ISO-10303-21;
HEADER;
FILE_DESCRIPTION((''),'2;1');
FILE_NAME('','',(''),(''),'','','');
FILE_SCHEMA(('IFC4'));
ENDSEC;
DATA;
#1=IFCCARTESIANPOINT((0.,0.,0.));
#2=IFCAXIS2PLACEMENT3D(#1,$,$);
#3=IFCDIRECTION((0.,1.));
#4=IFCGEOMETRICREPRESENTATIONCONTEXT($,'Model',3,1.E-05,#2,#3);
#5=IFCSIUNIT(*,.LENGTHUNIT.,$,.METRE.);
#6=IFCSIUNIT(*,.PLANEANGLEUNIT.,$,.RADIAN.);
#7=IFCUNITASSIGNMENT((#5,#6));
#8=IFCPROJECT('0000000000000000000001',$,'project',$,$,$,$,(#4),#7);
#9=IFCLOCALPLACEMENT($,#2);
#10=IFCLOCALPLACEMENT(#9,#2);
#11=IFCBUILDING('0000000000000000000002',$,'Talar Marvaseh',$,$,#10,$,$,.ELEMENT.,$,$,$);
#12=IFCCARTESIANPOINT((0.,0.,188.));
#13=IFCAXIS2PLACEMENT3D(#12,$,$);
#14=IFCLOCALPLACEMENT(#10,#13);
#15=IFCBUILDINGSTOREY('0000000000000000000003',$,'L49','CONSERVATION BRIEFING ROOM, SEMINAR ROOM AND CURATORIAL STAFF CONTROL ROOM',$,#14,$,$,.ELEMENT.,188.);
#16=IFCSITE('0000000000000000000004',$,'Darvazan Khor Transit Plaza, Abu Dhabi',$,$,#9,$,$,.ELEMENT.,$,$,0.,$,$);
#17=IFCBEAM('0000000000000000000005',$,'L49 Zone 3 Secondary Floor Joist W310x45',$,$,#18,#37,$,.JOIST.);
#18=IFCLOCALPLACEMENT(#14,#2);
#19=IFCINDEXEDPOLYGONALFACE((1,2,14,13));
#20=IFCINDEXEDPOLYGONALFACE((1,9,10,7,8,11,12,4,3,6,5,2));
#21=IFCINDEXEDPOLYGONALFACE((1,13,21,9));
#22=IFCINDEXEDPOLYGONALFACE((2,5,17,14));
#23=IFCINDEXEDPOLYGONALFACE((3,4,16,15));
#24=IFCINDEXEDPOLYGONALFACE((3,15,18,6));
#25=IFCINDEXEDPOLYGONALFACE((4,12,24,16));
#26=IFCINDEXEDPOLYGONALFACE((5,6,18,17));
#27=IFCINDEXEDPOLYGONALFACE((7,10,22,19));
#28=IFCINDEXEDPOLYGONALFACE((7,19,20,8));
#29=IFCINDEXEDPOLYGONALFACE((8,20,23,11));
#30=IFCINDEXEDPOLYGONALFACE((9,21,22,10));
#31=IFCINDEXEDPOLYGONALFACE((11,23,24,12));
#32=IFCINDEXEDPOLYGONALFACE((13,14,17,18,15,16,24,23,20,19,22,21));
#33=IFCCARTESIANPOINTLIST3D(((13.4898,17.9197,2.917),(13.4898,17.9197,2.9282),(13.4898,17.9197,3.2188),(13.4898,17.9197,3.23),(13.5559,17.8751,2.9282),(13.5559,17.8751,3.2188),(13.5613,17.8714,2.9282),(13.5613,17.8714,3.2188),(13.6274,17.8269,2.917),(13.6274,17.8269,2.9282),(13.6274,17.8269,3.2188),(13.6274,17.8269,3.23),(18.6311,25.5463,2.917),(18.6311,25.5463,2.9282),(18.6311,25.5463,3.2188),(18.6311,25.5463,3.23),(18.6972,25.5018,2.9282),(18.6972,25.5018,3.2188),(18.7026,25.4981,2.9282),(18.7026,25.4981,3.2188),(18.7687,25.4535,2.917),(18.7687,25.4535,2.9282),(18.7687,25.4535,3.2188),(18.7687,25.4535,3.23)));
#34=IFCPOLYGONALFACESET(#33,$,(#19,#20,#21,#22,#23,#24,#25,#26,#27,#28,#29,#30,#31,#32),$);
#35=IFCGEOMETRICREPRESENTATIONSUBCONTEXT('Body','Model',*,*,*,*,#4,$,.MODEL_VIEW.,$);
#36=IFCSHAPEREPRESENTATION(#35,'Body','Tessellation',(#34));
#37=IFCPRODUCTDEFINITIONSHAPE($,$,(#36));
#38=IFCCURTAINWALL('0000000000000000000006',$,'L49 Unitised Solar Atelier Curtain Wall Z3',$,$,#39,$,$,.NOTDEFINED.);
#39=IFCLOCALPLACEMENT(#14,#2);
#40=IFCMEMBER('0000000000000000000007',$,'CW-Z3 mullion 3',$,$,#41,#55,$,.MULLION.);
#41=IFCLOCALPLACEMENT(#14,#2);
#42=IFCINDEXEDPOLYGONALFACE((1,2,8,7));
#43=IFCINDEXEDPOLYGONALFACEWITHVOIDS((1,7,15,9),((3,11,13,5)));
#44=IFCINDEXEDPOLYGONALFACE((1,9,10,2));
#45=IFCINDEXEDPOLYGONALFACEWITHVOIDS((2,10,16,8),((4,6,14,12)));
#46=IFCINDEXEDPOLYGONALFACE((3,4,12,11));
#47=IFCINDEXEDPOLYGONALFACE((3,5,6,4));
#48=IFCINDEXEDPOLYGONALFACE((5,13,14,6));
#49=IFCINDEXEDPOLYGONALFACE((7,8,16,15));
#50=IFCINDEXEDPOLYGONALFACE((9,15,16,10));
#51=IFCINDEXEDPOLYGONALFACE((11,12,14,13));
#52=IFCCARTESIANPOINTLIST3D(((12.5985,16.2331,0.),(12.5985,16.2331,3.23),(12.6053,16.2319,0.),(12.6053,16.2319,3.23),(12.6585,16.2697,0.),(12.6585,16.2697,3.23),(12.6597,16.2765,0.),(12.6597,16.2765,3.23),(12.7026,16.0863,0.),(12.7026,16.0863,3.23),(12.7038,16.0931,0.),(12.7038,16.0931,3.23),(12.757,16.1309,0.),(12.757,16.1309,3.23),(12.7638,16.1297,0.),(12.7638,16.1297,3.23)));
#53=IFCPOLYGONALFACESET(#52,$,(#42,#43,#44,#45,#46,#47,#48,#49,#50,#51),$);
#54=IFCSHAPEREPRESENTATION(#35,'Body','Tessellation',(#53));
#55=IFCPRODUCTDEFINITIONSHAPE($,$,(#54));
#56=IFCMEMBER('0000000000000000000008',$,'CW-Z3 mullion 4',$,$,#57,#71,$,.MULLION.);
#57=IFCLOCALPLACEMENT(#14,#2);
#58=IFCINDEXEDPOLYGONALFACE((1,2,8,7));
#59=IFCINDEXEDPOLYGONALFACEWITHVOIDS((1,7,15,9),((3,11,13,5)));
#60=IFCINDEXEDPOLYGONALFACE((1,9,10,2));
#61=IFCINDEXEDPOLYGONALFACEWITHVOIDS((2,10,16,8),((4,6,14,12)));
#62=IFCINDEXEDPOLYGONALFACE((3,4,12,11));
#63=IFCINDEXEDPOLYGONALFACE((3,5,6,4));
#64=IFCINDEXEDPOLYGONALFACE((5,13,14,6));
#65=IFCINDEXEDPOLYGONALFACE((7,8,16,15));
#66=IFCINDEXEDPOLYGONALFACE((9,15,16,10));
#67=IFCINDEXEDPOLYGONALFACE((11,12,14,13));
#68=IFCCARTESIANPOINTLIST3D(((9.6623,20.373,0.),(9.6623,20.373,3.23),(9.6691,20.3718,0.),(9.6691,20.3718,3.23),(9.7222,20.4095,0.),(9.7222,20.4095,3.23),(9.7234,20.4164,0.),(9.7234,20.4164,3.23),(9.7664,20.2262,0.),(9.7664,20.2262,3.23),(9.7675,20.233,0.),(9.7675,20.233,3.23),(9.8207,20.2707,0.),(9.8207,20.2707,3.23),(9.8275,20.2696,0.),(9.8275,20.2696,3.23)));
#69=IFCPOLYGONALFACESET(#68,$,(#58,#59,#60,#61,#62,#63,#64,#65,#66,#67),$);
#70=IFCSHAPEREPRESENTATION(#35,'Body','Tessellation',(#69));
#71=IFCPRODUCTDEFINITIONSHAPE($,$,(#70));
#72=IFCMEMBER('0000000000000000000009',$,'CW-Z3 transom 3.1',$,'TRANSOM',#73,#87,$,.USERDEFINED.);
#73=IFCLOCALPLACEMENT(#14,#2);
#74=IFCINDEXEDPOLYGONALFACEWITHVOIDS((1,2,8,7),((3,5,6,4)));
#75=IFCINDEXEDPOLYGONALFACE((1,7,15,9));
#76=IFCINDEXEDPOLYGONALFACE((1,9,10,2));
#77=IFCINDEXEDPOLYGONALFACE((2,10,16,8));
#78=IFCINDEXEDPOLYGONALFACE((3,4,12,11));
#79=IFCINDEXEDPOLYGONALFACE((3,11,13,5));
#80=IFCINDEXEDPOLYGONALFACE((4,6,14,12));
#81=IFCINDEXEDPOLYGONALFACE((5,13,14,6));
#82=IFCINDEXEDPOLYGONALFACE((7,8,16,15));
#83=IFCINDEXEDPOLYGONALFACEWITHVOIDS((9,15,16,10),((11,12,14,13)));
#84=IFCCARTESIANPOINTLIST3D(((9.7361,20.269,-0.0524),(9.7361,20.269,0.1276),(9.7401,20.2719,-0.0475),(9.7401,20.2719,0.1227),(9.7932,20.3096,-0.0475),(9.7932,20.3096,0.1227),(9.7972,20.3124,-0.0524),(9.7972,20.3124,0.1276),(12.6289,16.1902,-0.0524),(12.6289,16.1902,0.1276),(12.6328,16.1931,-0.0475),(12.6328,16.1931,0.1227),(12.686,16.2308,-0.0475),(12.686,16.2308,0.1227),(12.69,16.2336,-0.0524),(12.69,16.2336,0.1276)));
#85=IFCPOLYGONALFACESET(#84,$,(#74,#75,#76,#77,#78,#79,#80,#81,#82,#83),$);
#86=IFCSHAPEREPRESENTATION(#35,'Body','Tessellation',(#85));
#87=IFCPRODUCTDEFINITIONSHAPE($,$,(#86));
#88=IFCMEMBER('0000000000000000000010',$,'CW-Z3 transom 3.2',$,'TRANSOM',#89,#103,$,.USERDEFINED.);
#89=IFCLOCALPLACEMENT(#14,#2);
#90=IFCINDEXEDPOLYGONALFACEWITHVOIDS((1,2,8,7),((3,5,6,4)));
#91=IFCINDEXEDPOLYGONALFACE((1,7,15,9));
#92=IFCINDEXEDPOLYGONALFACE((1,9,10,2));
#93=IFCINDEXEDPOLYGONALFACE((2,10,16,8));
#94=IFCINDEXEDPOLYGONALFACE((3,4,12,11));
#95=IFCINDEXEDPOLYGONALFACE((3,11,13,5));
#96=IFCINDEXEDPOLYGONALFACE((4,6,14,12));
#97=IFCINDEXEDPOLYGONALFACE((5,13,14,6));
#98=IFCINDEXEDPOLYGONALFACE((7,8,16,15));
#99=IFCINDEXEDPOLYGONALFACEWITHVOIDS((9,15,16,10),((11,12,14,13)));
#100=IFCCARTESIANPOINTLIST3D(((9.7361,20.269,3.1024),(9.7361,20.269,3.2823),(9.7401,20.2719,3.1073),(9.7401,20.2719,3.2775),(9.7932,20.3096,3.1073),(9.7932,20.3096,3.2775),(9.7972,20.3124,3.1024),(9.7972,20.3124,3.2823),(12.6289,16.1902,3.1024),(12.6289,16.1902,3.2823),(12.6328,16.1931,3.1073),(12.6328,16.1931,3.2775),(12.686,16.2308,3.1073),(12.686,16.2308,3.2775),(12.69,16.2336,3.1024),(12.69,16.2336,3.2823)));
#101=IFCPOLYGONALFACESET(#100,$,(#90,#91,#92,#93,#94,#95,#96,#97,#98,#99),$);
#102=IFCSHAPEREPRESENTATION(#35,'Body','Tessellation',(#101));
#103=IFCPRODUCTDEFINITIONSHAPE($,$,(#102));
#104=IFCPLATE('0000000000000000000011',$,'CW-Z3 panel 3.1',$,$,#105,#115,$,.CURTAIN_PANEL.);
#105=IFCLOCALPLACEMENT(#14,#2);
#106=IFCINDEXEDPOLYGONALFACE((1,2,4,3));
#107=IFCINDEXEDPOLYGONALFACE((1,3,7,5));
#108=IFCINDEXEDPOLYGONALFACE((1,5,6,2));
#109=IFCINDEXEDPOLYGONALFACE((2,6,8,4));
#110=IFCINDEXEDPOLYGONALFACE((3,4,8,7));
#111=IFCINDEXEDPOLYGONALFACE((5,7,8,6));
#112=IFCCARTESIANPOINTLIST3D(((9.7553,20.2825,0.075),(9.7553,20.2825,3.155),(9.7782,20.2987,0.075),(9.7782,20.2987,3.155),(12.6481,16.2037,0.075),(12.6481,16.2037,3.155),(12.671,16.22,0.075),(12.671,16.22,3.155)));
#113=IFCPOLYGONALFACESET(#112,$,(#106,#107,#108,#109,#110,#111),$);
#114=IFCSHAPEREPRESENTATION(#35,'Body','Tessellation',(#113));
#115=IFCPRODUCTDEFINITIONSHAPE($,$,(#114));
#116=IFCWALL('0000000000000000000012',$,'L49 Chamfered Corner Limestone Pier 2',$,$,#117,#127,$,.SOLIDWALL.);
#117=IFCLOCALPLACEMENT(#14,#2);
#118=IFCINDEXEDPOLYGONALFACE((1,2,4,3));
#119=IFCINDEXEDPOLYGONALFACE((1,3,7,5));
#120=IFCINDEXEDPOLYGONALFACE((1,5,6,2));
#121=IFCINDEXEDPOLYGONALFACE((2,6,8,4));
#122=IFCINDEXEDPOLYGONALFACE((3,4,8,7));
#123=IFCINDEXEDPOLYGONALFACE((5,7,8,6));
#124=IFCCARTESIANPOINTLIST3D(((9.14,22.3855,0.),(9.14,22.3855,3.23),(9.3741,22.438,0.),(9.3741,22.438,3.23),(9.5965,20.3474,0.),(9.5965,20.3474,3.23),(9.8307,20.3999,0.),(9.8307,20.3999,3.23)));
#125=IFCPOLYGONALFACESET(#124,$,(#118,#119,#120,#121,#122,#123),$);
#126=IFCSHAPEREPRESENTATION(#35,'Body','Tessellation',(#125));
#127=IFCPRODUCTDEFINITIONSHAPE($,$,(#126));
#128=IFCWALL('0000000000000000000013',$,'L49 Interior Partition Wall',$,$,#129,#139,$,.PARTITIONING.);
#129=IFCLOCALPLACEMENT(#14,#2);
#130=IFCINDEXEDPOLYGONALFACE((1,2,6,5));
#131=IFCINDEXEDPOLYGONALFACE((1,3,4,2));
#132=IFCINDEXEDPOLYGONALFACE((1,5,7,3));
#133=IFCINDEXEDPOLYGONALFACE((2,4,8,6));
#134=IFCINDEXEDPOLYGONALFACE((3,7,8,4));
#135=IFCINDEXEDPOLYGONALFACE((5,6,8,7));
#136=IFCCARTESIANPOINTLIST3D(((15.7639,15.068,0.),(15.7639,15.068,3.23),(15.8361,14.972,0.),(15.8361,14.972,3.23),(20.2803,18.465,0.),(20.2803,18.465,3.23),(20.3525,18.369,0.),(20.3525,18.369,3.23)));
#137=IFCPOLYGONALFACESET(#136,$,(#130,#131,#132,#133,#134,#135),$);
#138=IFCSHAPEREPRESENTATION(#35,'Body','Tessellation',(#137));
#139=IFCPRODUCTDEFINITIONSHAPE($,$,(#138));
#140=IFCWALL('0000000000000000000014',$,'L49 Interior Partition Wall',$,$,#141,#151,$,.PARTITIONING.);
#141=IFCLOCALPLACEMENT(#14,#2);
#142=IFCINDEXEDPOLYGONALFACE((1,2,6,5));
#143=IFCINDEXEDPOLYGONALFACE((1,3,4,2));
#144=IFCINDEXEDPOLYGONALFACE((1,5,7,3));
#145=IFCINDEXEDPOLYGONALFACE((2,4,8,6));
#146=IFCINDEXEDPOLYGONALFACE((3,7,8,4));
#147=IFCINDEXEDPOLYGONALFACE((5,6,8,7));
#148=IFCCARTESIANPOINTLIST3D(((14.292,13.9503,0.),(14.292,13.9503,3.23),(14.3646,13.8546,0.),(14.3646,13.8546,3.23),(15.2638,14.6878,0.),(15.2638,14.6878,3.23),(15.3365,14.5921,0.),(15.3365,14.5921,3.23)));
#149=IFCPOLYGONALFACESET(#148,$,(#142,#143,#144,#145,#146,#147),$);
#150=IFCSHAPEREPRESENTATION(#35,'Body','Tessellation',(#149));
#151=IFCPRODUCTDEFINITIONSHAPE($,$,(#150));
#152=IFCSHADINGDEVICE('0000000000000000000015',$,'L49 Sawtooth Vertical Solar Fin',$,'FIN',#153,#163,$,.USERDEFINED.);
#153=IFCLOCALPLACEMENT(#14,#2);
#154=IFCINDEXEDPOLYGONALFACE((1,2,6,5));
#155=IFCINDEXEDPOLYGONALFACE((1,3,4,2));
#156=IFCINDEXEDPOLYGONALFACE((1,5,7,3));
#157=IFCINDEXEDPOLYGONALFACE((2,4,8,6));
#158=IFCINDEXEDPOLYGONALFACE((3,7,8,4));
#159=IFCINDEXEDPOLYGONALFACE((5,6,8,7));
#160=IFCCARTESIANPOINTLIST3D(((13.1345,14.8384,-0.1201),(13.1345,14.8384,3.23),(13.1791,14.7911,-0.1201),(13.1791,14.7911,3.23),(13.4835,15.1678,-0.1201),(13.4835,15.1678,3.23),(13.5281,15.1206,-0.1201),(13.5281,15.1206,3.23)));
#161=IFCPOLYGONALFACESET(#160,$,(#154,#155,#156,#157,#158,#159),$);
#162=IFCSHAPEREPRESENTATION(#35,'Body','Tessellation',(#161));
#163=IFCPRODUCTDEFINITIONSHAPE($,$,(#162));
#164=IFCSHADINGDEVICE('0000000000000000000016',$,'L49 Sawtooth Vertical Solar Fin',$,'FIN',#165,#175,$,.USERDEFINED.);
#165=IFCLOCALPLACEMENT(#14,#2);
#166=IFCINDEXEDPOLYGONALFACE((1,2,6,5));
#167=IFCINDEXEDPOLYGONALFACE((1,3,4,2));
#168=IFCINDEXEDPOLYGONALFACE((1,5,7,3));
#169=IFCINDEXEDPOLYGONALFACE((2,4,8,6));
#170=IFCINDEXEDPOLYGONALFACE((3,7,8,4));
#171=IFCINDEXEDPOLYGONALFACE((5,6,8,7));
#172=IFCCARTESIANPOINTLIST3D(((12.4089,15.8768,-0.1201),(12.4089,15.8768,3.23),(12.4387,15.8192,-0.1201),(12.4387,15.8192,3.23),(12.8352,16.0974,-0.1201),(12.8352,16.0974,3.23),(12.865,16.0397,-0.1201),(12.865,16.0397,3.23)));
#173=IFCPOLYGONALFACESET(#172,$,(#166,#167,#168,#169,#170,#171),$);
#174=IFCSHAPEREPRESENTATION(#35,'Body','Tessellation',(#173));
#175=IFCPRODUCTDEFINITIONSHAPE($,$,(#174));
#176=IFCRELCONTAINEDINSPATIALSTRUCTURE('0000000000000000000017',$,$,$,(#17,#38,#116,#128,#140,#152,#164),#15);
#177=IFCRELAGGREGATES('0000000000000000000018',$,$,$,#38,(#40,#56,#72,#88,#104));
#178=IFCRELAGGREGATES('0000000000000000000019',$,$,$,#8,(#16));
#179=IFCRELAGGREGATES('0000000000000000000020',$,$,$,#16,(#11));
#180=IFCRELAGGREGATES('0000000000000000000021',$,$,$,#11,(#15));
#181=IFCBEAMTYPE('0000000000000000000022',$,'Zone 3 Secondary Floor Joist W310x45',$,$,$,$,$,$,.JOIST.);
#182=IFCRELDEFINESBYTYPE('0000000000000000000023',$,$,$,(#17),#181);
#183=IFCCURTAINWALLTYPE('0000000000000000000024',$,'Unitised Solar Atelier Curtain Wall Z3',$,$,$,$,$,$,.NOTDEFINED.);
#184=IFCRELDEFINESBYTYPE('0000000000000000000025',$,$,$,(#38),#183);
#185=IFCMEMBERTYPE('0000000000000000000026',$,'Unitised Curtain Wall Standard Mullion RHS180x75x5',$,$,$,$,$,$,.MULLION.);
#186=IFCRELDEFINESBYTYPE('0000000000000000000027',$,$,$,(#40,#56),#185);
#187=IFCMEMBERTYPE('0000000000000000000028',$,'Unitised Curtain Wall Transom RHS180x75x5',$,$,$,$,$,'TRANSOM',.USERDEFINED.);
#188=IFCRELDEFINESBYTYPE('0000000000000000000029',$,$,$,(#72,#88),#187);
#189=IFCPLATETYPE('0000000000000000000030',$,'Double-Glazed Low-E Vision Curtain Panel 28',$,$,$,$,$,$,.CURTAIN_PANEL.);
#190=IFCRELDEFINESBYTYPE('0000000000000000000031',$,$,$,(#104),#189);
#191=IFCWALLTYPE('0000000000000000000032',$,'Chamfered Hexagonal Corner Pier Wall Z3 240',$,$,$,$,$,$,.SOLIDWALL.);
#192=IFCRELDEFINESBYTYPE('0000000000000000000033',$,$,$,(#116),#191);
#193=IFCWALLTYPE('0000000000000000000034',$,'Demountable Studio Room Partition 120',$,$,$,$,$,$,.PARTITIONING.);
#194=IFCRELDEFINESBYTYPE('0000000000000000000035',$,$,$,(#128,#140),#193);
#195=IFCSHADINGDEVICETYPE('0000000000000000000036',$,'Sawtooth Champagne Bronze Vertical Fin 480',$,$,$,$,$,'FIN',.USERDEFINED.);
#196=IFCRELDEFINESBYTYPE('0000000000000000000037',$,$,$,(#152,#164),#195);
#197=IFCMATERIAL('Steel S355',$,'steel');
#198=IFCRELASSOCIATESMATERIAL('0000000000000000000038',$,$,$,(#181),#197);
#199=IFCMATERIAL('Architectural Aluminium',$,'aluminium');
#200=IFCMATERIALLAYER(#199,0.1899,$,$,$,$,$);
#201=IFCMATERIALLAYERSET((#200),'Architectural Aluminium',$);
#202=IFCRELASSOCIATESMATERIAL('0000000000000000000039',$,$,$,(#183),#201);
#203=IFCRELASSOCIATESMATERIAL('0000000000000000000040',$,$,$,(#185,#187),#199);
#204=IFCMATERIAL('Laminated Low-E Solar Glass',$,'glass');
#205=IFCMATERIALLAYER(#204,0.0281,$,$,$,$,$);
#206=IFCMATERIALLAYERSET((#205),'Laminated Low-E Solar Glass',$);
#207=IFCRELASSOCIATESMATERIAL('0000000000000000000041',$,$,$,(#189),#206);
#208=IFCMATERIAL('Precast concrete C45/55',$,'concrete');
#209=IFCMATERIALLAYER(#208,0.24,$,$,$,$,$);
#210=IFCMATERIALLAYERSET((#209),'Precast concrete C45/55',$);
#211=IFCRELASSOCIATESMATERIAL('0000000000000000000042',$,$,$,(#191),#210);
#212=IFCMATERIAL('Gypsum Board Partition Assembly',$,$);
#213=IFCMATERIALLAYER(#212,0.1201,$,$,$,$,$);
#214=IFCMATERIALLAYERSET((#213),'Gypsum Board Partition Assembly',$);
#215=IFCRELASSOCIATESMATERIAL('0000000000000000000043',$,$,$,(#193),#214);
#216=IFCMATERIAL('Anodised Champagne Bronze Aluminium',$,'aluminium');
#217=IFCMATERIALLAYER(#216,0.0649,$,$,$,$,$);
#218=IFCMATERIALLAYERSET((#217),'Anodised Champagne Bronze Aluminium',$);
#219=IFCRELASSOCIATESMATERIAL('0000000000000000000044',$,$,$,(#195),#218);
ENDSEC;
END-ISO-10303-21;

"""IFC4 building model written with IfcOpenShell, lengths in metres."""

from ifc_helpers import new_model, si_unit, direction, frame, frame_2d, origin, origin_2d, place, context, subcontext, project, spatial, rectangle, hollow_rectangle, i_section, extrude, source, transform, mapped, material, layer, layer_set, material_profile, profile_set, type_object, type_shapes, element, aggregate, save


model = new_model("IFC4")

# Units and contexts
model_context = context("Model", 3, precision=1e-05, world=origin(), true_north=direction((0.0, 1.0)))
body_context = subcontext(model_context, "Body", "Model", "MODEL_VIEW")
ifc_project = project(units=[si_unit("LENGTHUNIT", "METRE"), si_unit("PLANEANGLEUNIT", "RADIAN")], contexts=[model_context])

# Site, building, storey
site_placement = place(None, origin())
site = spatial("IfcSite", under=ifc_project, at=site_placement, Name="Darvazan Khor Transit Plaza, Abu Dhabi", CompositionType="ELEMENT", RefElevation=0.0)
building_placement = place(site_placement, origin())
building = spatial("IfcBuilding", under=site, at=building_placement, Name="Talar Marvaseh", CompositionType="ELEMENT")
storey_placement = place(building_placement, frame((0.0, 0.0, 188.0)))
storey = spatial("IfcBuildingStorey", under=building, at=storey_placement, Name="L49", Description="CONSERVATION BRIEFING ROOM, SEMINAR ROOM AND CURATORIAL STAFF CONTROL ROOM", CompositionType="ELEMENT", Elevation=188.0)

# Beam
ifc_material_1 = material(Name="Steel S355", Category="steel")
ifc_material_profile_1 = material_profile(ifc_material_1, i_section(OverallWidth=0.166, OverallDepth=0.313, WebThickness=0.0066, FlangeThickness=0.0112, at=origin_2d()), Name="W310x45")
ifc_profile_set_1 = profile_set([ifc_material_profile_1], Name="Steel S355")
beam_type = type_object("IfcBeamType", Name="Zone 3 Secondary Floor Joist W310x45", PredefinedType="JOIST", material=ifc_profile_set_1)
beam_placement = place(storey_placement, frame((13.5586, 17.8733, 3.0735), z_axis=(0.558974, 0.829185, 0.0), x_axis=(-0.829185, 0.558974, 0.0)))
element("IfcBeam", 1, at=beam_placement, inside=storey, type_object=beam_type, Name="L49 Zone 3 Secondary Floor Joist W310x45", PredefinedType="JOIST", context=body_context, shape_type="SweptSolid", body=[
    extrude(i_section(OverallWidth=0.166, OverallDepth=0.313, WebThickness=0.0066, FlangeThickness=0.0112, at=origin_2d()), origin(), (0.0, 0.0, 1.0), 9.1978),
])

# Curtain wall, members, plate
ifc_material_2 = material(Name="Architectural Aluminium", Category="aluminium")
ifc_layer_1 = layer(ifc_material_2, 0.1899)
ifc_layer_set_1 = layer_set([ifc_layer_1], Name="Architectural Aluminium")
curtain_wall_type = type_object("IfcCurtainWallType", Name="Unitised Solar Atelier Curtain Wall Z3", PredefinedType="NOTDEFINED", material=ifc_layer_set_1)
curtain_wall_placement = place(storey_placement, origin())
curtain_wall = element("IfcCurtainWall", 2, at=curtain_wall_placement, inside=storey, type_object=curtain_wall_type, Name="L49 Unitised Solar Atelier Curtain Wall Z3", PredefinedType="NOTDEFINED")
ifc_material_profile_2 = material_profile(ifc_material_2, hollow_rectangle(XDim=0.075, YDim=0.1799, WallThickness=0.0049, at=origin_2d()), Name="RHS180x75x5")
ifc_profile_set_2 = profile_set([ifc_material_profile_2], Name="Architectural Aluminium")
member_type_1 = type_object("IfcMemberType", Name="Unitised Curtain Wall Standard Mullion RHS180x75x5", PredefinedType="MULLION", material=ifc_profile_set_2)
shared_shape_1 = source(origin(), body_context, "Body", "SweptSolid", [
    extrude(hollow_rectangle(XDim=0.075, YDim=0.1799, WallThickness=0.0049, at=origin_2d()), origin(), (0.0, 0.0, 1.0), 3.23),
])
type_shapes(member_type_1, [shared_shape_1])
member_1_placement = place(storey_placement, frame((12.6812, 16.1814, 0.0), z_axis=(0.0, 0.0, 1.0), x_axis=(-0.815673, -0.578513, 0.0)))
member_1 = element("IfcMember", 3, at=member_1_placement, type_object=member_type_1, Name="CW-Z3 mullion 3", PredefinedType="MULLION", context=body_context, shape_type="MappedRepresentation", body=[
    mapped(shared_shape_1, transform((0.0, 0.0, 0.0), x_axis=(1.0, 0.0, 0.0), y_axis=(0.0, 1.0, 0.0), z_axis=(0.0, 0.0, 1.0), scale=1.0)),
])
member_2_placement = place(storey_placement, frame((9.7449, 20.3213, 0.0), z_axis=(0.0, 0.0, 1.0), x_axis=(-0.815673, -0.578513, 0.0)))
member_2 = element("IfcMember", 4, at=member_2_placement, type_object=member_type_1, Name="CW-Z3 mullion 4", PredefinedType="MULLION", context=body_context, shape_type="MappedRepresentation", body=[
    mapped(shared_shape_1, transform((0.0, 0.0, 0.0), x_axis=(1.0, 0.0, 0.0), y_axis=(0.0, 1.0, 0.0), z_axis=(0.0, 0.0, 1.0), scale=1.0)),
])
ifc_material_profile_3 = material_profile(ifc_material_2, hollow_rectangle(XDim=0.075, YDim=0.1799, WallThickness=0.0049, at=origin_2d()), Name="RHS180x75x5")
ifc_profile_set_3 = profile_set([ifc_material_profile_3], Name="Architectural Aluminium")
member_type_2 = type_object("IfcMemberType", Name="Unitised Curtain Wall Transom RHS180x75x5", ElementType="TRANSOM", PredefinedType="USERDEFINED", material=ifc_profile_set_3)
shared_shape_2 = source(origin(), body_context, "Body", "SweptSolid", [
    extrude(hollow_rectangle(XDim=0.075, YDim=0.1799, WallThickness=0.0049, at=origin_2d()), origin(), (0.0, 0.0, 1.0), 5.0005),
])
type_shapes(member_type_2, [shared_shape_2])
member_3_placement = place(storey_placement, frame((12.6594, 16.2119, 0.0376), z_axis=(-0.578501, 0.815682, 0.0), x_axis=(-0.815682, -0.578501, 0.0)))
member_3 = element("IfcMember", 5, at=member_3_placement, type_object=member_type_2, Name="CW-Z3 transom 3.1", ObjectType="TRANSOM", PredefinedType="USERDEFINED", context=body_context, shape_type="MappedRepresentation", body=[
    mapped(shared_shape_2, transform((0.0, 0.0, 0.0), x_axis=(1.0, 0.0, 0.0), y_axis=(0.0, 1.0, 0.0), z_axis=(0.0, 0.0, 1.0), scale=1.0)),
])
member_4_placement = place(storey_placement, frame((12.6594, 16.2119, 3.1924), z_axis=(-0.578501, 0.815682, 0.0), x_axis=(-0.815682, -0.578501, 0.0)))
member_4 = element("IfcMember", 6, at=member_4_placement, type_object=member_type_2, Name="CW-Z3 transom 3.2", ObjectType="TRANSOM", PredefinedType="USERDEFINED", context=body_context, shape_type="MappedRepresentation", body=[
    mapped(shared_shape_2, transform((0.0, 0.0, 0.0), x_axis=(1.0, 0.0, 0.0), y_axis=(0.0, 1.0, 0.0), z_axis=(0.0, 0.0, 1.0), scale=1.0)),
])
ifc_material_3 = material(Name="Laminated Low-E Solar Glass", Category="glass")
ifc_layer_2 = layer(ifc_material_3, 0.0281)
ifc_layer_set_2 = layer_set([ifc_layer_2], Name="Laminated Low-E Solar Glass")
plate_type = type_object("IfcPlateType", Name="Double-Glazed Low-E Vision Curtain Panel 28", PredefinedType="CURTAIN_PANEL", material=ifc_layer_set_2)
shared_shape_3 = source(origin(), body_context, "Body", "SweptSolid", [
    extrude(rectangle(XDim=5.0005, YDim=0.0281, at=origin_2d()), origin(), (0.0, 0.0, 1.0), 3.0801),
])
type_shapes(plate_type, [shared_shape_3])
plate_placement = place(storey_placement, frame((11.2131, 18.2512, 0.075), z_axis=(0.0, 0.0, 1.0), x_axis=(-0.578513, 0.815673, 0.0)))
plate = element("IfcPlate", 7, at=plate_placement, type_object=plate_type, Name="CW-Z3 panel 3.1", PredefinedType="CURTAIN_PANEL", context=body_context, shape_type="MappedRepresentation", body=[
    mapped(shared_shape_3, transform((0.0, 0.0, 0.0), x_axis=(1.0, 0.0, 0.0), y_axis=(0.0, 1.0, 0.0), z_axis=(0.0, 0.0, 1.0), scale=1.0)),
])
aggregate(curtain_wall, [member_1, member_2, member_3, member_4, plate])

# Wall
ifc_material_4 = material(Name="Precast concrete C45/55", Category="concrete")
ifc_layer_3 = layer(ifc_material_4, 0.24)
ifc_layer_set_3 = layer_set([ifc_layer_3], Name="Precast concrete C45/55")
wall_type_1 = type_object("IfcWallType", Name="Chamfered Hexagonal Corner Pier Wall Z3 240", PredefinedType="SOLIDWALL", material=ifc_layer_set_3)
wall_1_placement = place(storey_placement, frame((9.7136, 20.3735, 0.0), z_axis=(0.0, 0.0, 1.0), x_axis=(-0.218589, 0.975817, 0.0)))
element("IfcWall", 8, at=wall_1_placement, inside=storey, type_object=wall_type_1, Name="L49 Chamfered Corner Limestone Pier 2", PredefinedType="SOLIDWALL", context=body_context, shape_type="SweptSolid", body=[
    extrude(rectangle(XDim=2.0886, YDim=0.24, at=frame_2d((1.0444, 0.0))), origin(), (0.0, 0.0, 1.0), 3.23),
])

# Shared definitions
ifc_material_5 = material(Name="Gypsum Board Partition Assembly")

# Walls
ifc_layer_4 = layer(ifc_material_5, 0.1201)
ifc_layer_set_4 = layer_set([ifc_layer_4], Name="Gypsum Board Partition Assembly")
wall_type_2 = type_object("IfcWallType", Name="Demountable Studio Room Partition 120", PredefinedType="PARTITIONING", material=ifc_layer_set_4)
wall_2_placement = place(storey_placement, frame((20.3164, 18.417, 0.0), z_axis=(0.0, 0.0, 1.0), x_axis=(-0.799175, -0.601098, 0.0)))
element("IfcWall", 9, at=wall_2_placement, inside=storey, type_object=wall_type_2, Name="L49 Interior Partition Wall", PredefinedType="PARTITIONING", context=body_context, shape_type="SweptSolid", body=[
    extrude(rectangle(XDim=5.6514, YDim=0.1201, at=frame_2d((2.8257, 0.0))), origin(), (0.0, 0.0, 1.0), 3.23),
])
wall_3_placement = place(storey_placement, frame((15.3, 14.6399, 0.0), z_axis=(0.0, 0.0, 1.0), x_axis=(-0.796602, -0.604505, 0.0)))
element("IfcWall", 10, at=wall_3_placement, inside=storey, type_object=wall_type_2, Name="L49 Interior Partition Wall", PredefinedType="PARTITIONING", context=body_context, shape_type="SweptSolid", body=[
    extrude(rectangle(XDim=1.22, YDim=0.1201, at=frame_2d((0.6099, 0.0))), origin(), (0.0, 0.0, 1.0), 3.23),
])

# Shading devices
ifc_material_6 = material(Name="Anodised Champagne Bronze Aluminium", Category="aluminium")
ifc_layer_5 = layer(ifc_material_6, 0.0649)
ifc_layer_set_5 = layer_set([ifc_layer_5], Name="Anodised Champagne Bronze Aluminium")
shading_device_type_1 = type_object("IfcShadingDeviceType", Name="Sawtooth Champagne Bronze Vertical Fin 480", ElementType="FIN", PredefinedType="USERDEFINED", material=ifc_layer_set_5)
shared_shape_4 = source(origin(), body_context, "Body", "SweptSolid", [
    extrude(rectangle(XDim=0.48, YDim=0.0649, at=origin_2d()), origin(), (0.0, 0.0, 1.0), 3.3501),
])
type_shapes(shading_device_type_1, [shared_shape_4])
for number, where, z_axis, x_axis, name in (
    (11, (13.3313, 14.9795, -0.1201), (0.0, 0.0, 1.0), (-0.727174, -0.686453, 0.0), "L49 Sawtooth Vertical Solar Fin"),
    (12, (12.637, 15.9583, -0.1201), (0.0, 0.0, 1.0), (-0.888217, -0.459425, 0.0), "L49 Sawtooth Vertical Solar Fin"),
):
    element("IfcShadingDevice", number, at=place(storey_placement, frame(where, z_axis=z_axis, x_axis=x_axis)), inside=storey, type_object=shading_device_type_1, Name=name, ObjectType="FIN", PredefinedType="USERDEFINED", context=body_context, shape_type="MappedRepresentation", body=[
        mapped(shared_shape_4, transform((0.0, 0.0, 0.0), x_axis=(1.0, 0.0, 0.0), y_axis=(0.0, 1.0, 0.0), z_axis=(0.0, 0.0, 1.0), scale=1.0)),
    ])

save(model, "model.ifc")
